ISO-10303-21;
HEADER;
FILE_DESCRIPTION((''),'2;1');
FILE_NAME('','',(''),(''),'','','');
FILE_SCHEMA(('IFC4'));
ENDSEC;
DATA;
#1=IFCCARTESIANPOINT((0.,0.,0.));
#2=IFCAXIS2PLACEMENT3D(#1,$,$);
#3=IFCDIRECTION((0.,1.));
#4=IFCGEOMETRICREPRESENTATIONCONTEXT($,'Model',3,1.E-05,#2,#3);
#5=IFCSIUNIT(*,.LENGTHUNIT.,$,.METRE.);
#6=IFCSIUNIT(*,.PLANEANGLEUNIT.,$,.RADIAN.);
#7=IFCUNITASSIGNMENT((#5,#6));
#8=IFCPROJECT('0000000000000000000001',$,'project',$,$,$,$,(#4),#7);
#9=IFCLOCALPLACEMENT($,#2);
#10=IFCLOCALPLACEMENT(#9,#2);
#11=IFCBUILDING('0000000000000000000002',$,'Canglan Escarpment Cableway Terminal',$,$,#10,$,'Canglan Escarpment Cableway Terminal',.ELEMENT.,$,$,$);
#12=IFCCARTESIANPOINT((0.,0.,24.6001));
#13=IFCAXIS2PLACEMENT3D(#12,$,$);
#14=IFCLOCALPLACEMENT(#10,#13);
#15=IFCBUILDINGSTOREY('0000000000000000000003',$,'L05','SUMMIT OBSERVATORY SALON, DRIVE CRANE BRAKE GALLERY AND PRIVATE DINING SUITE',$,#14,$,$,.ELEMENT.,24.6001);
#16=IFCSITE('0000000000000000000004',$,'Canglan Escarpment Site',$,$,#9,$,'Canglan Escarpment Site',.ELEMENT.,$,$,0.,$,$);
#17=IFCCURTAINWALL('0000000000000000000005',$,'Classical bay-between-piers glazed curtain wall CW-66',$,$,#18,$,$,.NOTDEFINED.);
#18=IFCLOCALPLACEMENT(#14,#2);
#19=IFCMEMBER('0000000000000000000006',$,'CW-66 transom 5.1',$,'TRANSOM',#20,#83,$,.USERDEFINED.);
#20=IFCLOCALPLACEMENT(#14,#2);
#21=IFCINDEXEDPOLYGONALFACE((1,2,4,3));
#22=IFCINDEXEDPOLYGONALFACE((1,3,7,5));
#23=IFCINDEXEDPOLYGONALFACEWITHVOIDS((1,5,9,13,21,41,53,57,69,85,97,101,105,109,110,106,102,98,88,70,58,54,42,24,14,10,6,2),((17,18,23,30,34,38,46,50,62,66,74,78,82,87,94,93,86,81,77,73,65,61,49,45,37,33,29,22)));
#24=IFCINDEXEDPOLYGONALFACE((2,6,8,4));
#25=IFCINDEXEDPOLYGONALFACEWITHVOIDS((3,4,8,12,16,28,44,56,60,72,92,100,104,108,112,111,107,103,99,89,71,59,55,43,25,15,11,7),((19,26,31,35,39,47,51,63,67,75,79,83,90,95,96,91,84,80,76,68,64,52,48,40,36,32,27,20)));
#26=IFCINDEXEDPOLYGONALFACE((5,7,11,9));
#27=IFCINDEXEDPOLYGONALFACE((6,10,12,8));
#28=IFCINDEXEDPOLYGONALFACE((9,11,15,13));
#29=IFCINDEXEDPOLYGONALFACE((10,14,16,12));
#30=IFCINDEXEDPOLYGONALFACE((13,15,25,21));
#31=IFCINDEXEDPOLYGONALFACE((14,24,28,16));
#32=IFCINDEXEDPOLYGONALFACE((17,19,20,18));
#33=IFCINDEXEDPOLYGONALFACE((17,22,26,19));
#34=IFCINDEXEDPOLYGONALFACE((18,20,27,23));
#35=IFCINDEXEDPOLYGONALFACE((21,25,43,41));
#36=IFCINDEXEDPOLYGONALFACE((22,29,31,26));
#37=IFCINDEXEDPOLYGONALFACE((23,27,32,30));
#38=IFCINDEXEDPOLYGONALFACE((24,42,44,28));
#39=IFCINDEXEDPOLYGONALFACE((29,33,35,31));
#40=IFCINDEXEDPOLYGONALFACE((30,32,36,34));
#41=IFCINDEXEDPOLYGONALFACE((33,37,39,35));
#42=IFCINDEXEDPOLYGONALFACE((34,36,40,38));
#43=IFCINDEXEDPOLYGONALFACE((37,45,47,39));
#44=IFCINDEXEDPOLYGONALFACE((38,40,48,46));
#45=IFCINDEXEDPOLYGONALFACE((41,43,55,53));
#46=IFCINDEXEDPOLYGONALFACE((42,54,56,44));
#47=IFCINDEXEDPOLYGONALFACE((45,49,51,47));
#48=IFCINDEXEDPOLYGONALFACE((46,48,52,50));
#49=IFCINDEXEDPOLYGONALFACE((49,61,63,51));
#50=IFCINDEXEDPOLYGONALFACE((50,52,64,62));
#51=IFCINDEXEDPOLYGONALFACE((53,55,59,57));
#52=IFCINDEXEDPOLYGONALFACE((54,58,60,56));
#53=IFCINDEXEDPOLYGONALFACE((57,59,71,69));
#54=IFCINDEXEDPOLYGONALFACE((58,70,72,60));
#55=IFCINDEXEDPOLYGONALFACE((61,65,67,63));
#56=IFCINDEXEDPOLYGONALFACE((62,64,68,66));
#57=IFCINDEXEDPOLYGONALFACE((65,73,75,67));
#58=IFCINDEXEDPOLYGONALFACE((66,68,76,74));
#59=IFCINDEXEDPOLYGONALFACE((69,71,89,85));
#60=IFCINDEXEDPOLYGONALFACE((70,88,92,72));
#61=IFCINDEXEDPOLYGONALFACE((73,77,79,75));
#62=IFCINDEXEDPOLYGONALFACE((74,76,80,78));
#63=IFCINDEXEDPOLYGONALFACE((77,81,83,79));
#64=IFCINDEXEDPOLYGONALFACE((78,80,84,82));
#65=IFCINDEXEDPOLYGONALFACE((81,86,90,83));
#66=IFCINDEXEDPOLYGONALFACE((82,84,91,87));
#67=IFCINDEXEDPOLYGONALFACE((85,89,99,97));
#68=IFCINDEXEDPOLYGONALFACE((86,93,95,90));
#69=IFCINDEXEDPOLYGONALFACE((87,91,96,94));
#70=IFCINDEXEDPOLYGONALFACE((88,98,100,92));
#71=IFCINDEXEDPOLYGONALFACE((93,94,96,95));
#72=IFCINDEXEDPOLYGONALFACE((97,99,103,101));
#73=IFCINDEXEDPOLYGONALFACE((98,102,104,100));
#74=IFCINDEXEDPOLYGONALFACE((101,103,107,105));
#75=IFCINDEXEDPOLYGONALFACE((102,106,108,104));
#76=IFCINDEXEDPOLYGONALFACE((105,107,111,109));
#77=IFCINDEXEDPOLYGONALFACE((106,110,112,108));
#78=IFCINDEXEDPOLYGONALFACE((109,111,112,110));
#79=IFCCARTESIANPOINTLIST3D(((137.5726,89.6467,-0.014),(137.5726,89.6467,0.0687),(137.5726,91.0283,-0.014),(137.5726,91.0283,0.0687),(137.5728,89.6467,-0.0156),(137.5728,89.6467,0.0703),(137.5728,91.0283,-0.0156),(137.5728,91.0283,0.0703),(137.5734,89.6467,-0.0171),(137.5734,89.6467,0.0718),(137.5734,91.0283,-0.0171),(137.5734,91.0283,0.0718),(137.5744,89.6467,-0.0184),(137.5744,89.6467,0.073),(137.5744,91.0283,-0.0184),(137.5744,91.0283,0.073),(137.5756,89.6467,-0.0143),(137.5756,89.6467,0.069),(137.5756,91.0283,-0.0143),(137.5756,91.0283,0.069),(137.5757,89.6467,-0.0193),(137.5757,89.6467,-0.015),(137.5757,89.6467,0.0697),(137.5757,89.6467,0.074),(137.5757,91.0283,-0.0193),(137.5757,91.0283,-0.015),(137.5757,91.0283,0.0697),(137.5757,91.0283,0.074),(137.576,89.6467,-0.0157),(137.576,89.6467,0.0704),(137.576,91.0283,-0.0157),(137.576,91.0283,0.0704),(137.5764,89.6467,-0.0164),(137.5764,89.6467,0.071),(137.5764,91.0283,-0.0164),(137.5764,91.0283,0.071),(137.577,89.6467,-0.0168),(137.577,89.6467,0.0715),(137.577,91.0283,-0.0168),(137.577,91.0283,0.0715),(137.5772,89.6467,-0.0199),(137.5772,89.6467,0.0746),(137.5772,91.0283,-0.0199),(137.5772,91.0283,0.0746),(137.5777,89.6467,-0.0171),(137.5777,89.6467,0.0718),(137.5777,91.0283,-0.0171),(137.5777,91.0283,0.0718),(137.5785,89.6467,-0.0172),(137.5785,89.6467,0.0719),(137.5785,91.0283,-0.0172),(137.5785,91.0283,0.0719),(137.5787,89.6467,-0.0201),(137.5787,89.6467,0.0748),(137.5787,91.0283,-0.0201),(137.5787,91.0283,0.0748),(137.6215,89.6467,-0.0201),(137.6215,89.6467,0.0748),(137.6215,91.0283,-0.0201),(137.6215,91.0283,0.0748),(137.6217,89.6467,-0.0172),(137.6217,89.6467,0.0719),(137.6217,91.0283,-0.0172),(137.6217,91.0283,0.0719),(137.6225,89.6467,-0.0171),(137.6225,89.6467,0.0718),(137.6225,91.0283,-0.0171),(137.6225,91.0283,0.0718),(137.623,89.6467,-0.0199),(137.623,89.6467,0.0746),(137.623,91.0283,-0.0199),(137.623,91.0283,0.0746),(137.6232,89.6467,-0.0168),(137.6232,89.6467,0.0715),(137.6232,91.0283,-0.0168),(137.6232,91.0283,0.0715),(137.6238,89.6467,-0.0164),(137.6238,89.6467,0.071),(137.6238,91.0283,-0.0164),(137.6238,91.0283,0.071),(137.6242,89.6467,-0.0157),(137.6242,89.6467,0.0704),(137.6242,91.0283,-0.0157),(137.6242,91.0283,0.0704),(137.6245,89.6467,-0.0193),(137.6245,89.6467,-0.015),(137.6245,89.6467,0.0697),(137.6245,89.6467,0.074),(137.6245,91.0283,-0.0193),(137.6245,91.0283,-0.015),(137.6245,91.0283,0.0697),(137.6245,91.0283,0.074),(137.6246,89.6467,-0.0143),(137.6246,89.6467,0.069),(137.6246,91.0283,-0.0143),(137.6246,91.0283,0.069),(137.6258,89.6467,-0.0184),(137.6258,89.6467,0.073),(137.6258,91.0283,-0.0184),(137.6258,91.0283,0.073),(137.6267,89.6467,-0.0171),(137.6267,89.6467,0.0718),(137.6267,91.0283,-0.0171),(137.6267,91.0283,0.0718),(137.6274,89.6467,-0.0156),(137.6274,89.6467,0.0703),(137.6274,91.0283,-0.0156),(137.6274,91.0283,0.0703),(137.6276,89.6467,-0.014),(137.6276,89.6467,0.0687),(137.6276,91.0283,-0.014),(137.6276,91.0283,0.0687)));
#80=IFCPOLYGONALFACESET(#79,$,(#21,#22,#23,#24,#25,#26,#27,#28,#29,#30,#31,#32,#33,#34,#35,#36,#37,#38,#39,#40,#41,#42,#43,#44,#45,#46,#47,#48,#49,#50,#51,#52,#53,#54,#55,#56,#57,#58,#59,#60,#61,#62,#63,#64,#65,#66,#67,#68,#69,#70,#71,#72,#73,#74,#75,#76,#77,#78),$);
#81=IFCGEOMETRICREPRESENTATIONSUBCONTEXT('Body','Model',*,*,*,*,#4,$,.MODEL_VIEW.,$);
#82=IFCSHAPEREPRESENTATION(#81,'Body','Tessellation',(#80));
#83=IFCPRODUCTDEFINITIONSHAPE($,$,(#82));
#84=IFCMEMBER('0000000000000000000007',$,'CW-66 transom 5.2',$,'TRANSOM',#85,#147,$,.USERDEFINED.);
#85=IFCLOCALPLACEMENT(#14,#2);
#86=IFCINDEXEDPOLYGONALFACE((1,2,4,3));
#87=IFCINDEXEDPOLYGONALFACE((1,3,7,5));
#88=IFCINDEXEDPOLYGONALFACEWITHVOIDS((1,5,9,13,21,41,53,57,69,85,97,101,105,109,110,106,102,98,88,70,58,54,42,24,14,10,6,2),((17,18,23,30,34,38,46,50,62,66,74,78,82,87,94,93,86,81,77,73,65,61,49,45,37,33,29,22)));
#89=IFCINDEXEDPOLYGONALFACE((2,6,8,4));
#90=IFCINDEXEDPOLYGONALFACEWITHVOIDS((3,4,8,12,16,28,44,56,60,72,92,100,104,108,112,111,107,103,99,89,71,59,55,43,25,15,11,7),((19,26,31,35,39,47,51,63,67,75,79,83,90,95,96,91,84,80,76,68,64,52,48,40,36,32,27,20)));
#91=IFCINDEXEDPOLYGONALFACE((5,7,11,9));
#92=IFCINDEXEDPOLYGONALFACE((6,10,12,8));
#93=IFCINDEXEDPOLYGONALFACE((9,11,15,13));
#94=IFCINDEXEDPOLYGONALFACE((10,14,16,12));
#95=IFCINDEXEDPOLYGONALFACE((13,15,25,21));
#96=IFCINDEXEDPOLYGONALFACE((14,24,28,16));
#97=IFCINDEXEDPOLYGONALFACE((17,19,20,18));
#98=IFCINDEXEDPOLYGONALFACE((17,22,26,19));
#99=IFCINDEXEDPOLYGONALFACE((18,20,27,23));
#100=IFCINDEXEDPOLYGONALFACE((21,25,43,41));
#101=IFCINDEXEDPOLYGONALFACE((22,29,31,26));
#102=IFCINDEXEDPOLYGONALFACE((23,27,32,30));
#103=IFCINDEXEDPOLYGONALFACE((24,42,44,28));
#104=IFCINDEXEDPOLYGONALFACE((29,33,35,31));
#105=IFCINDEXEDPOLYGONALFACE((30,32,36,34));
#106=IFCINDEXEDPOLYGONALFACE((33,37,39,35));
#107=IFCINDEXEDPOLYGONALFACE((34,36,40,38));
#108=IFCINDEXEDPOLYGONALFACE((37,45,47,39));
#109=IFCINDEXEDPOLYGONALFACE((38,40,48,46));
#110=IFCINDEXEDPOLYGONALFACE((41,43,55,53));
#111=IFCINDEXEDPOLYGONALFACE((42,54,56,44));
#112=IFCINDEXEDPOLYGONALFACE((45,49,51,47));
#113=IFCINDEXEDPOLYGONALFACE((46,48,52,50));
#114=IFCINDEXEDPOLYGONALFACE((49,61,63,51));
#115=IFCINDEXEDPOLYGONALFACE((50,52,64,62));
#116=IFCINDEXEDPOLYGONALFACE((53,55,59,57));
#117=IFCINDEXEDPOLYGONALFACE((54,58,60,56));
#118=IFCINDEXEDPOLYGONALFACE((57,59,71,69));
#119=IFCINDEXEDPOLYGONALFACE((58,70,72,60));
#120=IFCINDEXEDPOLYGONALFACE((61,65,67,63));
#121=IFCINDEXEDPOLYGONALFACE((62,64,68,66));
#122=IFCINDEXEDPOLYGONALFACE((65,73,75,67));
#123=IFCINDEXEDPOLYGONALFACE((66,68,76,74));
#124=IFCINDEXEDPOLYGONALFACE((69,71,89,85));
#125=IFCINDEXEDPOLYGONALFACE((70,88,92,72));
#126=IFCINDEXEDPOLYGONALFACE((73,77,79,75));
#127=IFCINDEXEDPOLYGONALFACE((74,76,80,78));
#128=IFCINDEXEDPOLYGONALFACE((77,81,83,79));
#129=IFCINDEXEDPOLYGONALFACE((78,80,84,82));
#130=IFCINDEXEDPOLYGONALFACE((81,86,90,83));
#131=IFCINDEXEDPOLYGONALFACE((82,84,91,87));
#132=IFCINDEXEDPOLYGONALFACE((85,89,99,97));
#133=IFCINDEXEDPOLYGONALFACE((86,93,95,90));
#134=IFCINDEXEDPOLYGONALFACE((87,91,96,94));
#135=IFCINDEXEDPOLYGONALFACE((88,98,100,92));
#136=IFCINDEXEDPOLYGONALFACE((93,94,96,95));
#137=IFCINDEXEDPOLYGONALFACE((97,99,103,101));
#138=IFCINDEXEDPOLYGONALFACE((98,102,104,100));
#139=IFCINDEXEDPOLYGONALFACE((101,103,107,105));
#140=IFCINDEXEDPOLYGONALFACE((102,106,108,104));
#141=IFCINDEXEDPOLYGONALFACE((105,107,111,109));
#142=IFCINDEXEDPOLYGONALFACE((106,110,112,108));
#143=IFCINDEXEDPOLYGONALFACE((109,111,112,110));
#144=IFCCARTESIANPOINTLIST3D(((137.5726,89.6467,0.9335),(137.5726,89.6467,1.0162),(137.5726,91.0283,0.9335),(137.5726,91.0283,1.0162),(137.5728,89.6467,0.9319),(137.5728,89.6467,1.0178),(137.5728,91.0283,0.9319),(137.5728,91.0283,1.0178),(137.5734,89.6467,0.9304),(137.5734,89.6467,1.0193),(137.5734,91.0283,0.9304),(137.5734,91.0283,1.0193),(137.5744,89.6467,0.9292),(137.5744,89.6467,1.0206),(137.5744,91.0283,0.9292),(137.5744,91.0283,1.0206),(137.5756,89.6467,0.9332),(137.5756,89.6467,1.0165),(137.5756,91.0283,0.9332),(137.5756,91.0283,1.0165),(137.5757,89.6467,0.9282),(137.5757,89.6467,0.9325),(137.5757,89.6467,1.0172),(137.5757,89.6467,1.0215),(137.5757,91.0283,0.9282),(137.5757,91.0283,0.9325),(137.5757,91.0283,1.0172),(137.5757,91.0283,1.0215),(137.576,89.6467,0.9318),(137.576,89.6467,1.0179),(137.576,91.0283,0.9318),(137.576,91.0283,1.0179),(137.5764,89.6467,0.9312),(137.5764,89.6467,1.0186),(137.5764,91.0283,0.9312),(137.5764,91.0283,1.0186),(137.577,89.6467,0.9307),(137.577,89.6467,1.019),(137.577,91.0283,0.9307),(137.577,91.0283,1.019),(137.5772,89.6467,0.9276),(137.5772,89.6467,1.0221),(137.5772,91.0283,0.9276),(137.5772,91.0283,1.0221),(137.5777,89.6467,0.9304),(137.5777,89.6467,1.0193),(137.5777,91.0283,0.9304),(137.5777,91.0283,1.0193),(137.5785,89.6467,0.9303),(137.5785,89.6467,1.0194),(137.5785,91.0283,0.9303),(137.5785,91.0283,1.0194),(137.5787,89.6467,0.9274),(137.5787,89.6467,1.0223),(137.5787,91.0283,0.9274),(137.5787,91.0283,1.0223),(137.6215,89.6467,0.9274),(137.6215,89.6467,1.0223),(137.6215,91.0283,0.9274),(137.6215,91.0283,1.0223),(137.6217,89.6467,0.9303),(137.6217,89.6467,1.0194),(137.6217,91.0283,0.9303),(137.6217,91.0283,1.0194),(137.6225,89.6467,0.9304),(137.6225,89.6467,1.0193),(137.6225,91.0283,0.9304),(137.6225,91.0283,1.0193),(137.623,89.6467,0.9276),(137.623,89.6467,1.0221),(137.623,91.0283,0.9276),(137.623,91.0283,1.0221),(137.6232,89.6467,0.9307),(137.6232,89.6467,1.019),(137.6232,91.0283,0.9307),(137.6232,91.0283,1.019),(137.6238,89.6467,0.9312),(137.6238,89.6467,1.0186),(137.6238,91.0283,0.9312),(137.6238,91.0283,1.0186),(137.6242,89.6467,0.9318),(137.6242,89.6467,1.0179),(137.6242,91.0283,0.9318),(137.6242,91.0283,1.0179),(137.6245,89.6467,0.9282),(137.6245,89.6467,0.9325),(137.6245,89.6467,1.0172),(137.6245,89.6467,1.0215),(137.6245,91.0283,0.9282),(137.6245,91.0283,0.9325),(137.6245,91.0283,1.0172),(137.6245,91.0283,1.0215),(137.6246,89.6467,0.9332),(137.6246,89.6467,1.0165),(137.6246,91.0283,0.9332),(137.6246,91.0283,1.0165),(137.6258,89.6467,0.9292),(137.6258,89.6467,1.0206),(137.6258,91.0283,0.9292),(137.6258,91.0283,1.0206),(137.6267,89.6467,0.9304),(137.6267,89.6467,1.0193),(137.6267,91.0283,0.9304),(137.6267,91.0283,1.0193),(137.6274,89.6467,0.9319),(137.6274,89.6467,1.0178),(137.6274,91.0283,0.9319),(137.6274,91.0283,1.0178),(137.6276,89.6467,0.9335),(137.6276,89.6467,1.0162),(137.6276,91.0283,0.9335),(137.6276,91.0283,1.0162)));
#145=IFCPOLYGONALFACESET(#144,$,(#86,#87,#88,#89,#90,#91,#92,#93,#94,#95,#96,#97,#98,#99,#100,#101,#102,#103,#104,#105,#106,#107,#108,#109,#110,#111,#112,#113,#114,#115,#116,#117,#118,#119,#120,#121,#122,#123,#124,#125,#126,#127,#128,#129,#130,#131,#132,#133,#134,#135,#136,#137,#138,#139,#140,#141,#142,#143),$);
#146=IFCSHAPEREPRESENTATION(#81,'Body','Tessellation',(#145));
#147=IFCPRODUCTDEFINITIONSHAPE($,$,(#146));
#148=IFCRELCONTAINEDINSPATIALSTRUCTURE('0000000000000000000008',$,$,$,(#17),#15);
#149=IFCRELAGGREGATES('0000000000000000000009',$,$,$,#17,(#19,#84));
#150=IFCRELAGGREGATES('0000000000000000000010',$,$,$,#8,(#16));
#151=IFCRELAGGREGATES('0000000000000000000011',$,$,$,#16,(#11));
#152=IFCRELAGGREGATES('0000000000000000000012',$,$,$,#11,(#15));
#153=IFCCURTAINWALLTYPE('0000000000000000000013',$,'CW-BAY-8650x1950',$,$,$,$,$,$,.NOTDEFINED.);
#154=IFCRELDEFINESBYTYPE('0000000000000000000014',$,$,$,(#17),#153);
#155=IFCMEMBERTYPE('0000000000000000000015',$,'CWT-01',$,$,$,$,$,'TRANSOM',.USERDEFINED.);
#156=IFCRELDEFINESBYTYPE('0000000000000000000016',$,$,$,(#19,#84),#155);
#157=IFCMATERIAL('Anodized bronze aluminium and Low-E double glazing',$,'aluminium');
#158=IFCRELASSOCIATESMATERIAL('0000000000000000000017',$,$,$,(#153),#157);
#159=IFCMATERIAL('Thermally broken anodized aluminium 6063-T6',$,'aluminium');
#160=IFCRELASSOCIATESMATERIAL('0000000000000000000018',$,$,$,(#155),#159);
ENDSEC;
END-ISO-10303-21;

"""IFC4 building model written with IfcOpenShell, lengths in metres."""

from ifc_helpers import new_model, si_unit, direction, frame, origin, origin_2d, place, context, subcontext, project, spatial, hollow_rectangle, extrude, material, material_profile, profile_set, type_object, element, aggregate, save


model = new_model("IFC4")

# Units and contexts
model_context = context("Model", 3, precision=1e-05, world=origin(), true_north=direction((0.0, 1.0)))
body_context = subcontext(model_context, "Body", "Model", "MODEL_VIEW")
ifc_project = project(units=[si_unit("LENGTHUNIT", "METRE"), si_unit("PLANEANGLEUNIT", "RADIAN")], contexts=[model_context])

# Site, building, storey
site_placement = place(None, origin())
site = spatial("IfcSite", under=ifc_project, at=site_placement, Name="Canglan Escarpment Site", LongName="Canglan Escarpment Site", CompositionType="ELEMENT", RefElevation=0.0)
building_placement = place(site_placement, origin())
building = spatial("IfcBuilding", under=site, at=building_placement, Name="Canglan Escarpment Cableway Terminal", LongName="Canglan Escarpment Cableway Terminal", CompositionType="ELEMENT")
storey_placement = place(building_placement, frame((0.0, 0.0, 24.6001)))
storey = spatial("IfcBuildingStorey", under=building, at=storey_placement, Name="L05", Description="SUMMIT OBSERVATORY SALON, DRIVE CRANE BRAKE GALLERY AND PRIVATE DINING SUITE", CompositionType="ELEMENT", Elevation=24.6001)

# Curtain wall, members
ifc_material_1 = material(Name="Anodized bronze aluminium and Low-E double glazing", Category="aluminium")
curtain_wall_type = type_object("IfcCurtainWallType", Name="CW-BAY-8650x1950", PredefinedType="NOTDEFINED", material=ifc_material_1)
curtain_wall_placement = place(storey_placement, origin())
curtain_wall = element("IfcCurtainWall", 1, at=curtain_wall_placement, inside=storey, type_object=curtain_wall_type, Name="Classical bay-between-piers glazed curtain wall CW-66", PredefinedType="NOTDEFINED")
ifc_material_2 = material(Name="Thermally broken anodized aluminium 6063-T6", Category="aluminium")
ifc_material_profile_1 = material_profile(ifc_material_2, hollow_rectangle(XDim=0.0549, YDim=0.095, WallThickness=0.0029, InnerFilletRadius=0.0029, OuterFilletRadius=0.0061, at=origin_2d()), Name="ALU-TRAN 55x95x3")
ifc_profile_set_1 = profile_set([ifc_material_profile_1], Name="Thermally broken anodized aluminium 6063-T6")
member_type_1 = type_object("IfcMemberType", Name="CWT-01", ElementType="TRANSOM", PredefinedType="USERDEFINED", material=ifc_profile_set_1)
member_1_placement = place(storey_placement, frame((137.6001, 91.0283, 0.0273), z_axis=(0.0, -1.0, 0.0), x_axis=(1.0, 0.0, 0.0)))
member_1 = element("IfcMember", 2, at=member_1_placement, type_object=member_type_1, Name="CW-66 transom 5.1", ObjectType="TRANSOM", PredefinedType="USERDEFINED", context=body_context, shape_type="SweptSolid", body=[
    extrude(hollow_rectangle(XDim=0.0549, YDim=0.095, WallThickness=0.0029, InnerFilletRadius=0.0029, OuterFilletRadius=0.0061, at=origin_2d()), origin(), (0.0, 0.0, 1.0), 1.3816),
])
member_2_placement = place(storey_placement, frame((137.6001, 91.0283, 0.9749), z_axis=(0.0, -1.0, 0.0), x_axis=(1.0, 0.0, 0.0)))
member_2 = element("IfcMember", 3, at=member_2_placement, type_object=member_type_1, Name="CW-66 transom 5.2", ObjectType="TRANSOM", PredefinedType="USERDEFINED", context=body_context, shape_type="SweptSolid", body=[
    extrude(hollow_rectangle(XDim=0.0549, YDim=0.095, WallThickness=0.0029, InnerFilletRadius=0.0029, OuterFilletRadius=0.0061, at=origin_2d()), origin(), (0.0, 0.0, 1.0), 1.3816),
])

aggregate(curtain_wall, [member_1, member_2])

save(model, "model.ifc")
